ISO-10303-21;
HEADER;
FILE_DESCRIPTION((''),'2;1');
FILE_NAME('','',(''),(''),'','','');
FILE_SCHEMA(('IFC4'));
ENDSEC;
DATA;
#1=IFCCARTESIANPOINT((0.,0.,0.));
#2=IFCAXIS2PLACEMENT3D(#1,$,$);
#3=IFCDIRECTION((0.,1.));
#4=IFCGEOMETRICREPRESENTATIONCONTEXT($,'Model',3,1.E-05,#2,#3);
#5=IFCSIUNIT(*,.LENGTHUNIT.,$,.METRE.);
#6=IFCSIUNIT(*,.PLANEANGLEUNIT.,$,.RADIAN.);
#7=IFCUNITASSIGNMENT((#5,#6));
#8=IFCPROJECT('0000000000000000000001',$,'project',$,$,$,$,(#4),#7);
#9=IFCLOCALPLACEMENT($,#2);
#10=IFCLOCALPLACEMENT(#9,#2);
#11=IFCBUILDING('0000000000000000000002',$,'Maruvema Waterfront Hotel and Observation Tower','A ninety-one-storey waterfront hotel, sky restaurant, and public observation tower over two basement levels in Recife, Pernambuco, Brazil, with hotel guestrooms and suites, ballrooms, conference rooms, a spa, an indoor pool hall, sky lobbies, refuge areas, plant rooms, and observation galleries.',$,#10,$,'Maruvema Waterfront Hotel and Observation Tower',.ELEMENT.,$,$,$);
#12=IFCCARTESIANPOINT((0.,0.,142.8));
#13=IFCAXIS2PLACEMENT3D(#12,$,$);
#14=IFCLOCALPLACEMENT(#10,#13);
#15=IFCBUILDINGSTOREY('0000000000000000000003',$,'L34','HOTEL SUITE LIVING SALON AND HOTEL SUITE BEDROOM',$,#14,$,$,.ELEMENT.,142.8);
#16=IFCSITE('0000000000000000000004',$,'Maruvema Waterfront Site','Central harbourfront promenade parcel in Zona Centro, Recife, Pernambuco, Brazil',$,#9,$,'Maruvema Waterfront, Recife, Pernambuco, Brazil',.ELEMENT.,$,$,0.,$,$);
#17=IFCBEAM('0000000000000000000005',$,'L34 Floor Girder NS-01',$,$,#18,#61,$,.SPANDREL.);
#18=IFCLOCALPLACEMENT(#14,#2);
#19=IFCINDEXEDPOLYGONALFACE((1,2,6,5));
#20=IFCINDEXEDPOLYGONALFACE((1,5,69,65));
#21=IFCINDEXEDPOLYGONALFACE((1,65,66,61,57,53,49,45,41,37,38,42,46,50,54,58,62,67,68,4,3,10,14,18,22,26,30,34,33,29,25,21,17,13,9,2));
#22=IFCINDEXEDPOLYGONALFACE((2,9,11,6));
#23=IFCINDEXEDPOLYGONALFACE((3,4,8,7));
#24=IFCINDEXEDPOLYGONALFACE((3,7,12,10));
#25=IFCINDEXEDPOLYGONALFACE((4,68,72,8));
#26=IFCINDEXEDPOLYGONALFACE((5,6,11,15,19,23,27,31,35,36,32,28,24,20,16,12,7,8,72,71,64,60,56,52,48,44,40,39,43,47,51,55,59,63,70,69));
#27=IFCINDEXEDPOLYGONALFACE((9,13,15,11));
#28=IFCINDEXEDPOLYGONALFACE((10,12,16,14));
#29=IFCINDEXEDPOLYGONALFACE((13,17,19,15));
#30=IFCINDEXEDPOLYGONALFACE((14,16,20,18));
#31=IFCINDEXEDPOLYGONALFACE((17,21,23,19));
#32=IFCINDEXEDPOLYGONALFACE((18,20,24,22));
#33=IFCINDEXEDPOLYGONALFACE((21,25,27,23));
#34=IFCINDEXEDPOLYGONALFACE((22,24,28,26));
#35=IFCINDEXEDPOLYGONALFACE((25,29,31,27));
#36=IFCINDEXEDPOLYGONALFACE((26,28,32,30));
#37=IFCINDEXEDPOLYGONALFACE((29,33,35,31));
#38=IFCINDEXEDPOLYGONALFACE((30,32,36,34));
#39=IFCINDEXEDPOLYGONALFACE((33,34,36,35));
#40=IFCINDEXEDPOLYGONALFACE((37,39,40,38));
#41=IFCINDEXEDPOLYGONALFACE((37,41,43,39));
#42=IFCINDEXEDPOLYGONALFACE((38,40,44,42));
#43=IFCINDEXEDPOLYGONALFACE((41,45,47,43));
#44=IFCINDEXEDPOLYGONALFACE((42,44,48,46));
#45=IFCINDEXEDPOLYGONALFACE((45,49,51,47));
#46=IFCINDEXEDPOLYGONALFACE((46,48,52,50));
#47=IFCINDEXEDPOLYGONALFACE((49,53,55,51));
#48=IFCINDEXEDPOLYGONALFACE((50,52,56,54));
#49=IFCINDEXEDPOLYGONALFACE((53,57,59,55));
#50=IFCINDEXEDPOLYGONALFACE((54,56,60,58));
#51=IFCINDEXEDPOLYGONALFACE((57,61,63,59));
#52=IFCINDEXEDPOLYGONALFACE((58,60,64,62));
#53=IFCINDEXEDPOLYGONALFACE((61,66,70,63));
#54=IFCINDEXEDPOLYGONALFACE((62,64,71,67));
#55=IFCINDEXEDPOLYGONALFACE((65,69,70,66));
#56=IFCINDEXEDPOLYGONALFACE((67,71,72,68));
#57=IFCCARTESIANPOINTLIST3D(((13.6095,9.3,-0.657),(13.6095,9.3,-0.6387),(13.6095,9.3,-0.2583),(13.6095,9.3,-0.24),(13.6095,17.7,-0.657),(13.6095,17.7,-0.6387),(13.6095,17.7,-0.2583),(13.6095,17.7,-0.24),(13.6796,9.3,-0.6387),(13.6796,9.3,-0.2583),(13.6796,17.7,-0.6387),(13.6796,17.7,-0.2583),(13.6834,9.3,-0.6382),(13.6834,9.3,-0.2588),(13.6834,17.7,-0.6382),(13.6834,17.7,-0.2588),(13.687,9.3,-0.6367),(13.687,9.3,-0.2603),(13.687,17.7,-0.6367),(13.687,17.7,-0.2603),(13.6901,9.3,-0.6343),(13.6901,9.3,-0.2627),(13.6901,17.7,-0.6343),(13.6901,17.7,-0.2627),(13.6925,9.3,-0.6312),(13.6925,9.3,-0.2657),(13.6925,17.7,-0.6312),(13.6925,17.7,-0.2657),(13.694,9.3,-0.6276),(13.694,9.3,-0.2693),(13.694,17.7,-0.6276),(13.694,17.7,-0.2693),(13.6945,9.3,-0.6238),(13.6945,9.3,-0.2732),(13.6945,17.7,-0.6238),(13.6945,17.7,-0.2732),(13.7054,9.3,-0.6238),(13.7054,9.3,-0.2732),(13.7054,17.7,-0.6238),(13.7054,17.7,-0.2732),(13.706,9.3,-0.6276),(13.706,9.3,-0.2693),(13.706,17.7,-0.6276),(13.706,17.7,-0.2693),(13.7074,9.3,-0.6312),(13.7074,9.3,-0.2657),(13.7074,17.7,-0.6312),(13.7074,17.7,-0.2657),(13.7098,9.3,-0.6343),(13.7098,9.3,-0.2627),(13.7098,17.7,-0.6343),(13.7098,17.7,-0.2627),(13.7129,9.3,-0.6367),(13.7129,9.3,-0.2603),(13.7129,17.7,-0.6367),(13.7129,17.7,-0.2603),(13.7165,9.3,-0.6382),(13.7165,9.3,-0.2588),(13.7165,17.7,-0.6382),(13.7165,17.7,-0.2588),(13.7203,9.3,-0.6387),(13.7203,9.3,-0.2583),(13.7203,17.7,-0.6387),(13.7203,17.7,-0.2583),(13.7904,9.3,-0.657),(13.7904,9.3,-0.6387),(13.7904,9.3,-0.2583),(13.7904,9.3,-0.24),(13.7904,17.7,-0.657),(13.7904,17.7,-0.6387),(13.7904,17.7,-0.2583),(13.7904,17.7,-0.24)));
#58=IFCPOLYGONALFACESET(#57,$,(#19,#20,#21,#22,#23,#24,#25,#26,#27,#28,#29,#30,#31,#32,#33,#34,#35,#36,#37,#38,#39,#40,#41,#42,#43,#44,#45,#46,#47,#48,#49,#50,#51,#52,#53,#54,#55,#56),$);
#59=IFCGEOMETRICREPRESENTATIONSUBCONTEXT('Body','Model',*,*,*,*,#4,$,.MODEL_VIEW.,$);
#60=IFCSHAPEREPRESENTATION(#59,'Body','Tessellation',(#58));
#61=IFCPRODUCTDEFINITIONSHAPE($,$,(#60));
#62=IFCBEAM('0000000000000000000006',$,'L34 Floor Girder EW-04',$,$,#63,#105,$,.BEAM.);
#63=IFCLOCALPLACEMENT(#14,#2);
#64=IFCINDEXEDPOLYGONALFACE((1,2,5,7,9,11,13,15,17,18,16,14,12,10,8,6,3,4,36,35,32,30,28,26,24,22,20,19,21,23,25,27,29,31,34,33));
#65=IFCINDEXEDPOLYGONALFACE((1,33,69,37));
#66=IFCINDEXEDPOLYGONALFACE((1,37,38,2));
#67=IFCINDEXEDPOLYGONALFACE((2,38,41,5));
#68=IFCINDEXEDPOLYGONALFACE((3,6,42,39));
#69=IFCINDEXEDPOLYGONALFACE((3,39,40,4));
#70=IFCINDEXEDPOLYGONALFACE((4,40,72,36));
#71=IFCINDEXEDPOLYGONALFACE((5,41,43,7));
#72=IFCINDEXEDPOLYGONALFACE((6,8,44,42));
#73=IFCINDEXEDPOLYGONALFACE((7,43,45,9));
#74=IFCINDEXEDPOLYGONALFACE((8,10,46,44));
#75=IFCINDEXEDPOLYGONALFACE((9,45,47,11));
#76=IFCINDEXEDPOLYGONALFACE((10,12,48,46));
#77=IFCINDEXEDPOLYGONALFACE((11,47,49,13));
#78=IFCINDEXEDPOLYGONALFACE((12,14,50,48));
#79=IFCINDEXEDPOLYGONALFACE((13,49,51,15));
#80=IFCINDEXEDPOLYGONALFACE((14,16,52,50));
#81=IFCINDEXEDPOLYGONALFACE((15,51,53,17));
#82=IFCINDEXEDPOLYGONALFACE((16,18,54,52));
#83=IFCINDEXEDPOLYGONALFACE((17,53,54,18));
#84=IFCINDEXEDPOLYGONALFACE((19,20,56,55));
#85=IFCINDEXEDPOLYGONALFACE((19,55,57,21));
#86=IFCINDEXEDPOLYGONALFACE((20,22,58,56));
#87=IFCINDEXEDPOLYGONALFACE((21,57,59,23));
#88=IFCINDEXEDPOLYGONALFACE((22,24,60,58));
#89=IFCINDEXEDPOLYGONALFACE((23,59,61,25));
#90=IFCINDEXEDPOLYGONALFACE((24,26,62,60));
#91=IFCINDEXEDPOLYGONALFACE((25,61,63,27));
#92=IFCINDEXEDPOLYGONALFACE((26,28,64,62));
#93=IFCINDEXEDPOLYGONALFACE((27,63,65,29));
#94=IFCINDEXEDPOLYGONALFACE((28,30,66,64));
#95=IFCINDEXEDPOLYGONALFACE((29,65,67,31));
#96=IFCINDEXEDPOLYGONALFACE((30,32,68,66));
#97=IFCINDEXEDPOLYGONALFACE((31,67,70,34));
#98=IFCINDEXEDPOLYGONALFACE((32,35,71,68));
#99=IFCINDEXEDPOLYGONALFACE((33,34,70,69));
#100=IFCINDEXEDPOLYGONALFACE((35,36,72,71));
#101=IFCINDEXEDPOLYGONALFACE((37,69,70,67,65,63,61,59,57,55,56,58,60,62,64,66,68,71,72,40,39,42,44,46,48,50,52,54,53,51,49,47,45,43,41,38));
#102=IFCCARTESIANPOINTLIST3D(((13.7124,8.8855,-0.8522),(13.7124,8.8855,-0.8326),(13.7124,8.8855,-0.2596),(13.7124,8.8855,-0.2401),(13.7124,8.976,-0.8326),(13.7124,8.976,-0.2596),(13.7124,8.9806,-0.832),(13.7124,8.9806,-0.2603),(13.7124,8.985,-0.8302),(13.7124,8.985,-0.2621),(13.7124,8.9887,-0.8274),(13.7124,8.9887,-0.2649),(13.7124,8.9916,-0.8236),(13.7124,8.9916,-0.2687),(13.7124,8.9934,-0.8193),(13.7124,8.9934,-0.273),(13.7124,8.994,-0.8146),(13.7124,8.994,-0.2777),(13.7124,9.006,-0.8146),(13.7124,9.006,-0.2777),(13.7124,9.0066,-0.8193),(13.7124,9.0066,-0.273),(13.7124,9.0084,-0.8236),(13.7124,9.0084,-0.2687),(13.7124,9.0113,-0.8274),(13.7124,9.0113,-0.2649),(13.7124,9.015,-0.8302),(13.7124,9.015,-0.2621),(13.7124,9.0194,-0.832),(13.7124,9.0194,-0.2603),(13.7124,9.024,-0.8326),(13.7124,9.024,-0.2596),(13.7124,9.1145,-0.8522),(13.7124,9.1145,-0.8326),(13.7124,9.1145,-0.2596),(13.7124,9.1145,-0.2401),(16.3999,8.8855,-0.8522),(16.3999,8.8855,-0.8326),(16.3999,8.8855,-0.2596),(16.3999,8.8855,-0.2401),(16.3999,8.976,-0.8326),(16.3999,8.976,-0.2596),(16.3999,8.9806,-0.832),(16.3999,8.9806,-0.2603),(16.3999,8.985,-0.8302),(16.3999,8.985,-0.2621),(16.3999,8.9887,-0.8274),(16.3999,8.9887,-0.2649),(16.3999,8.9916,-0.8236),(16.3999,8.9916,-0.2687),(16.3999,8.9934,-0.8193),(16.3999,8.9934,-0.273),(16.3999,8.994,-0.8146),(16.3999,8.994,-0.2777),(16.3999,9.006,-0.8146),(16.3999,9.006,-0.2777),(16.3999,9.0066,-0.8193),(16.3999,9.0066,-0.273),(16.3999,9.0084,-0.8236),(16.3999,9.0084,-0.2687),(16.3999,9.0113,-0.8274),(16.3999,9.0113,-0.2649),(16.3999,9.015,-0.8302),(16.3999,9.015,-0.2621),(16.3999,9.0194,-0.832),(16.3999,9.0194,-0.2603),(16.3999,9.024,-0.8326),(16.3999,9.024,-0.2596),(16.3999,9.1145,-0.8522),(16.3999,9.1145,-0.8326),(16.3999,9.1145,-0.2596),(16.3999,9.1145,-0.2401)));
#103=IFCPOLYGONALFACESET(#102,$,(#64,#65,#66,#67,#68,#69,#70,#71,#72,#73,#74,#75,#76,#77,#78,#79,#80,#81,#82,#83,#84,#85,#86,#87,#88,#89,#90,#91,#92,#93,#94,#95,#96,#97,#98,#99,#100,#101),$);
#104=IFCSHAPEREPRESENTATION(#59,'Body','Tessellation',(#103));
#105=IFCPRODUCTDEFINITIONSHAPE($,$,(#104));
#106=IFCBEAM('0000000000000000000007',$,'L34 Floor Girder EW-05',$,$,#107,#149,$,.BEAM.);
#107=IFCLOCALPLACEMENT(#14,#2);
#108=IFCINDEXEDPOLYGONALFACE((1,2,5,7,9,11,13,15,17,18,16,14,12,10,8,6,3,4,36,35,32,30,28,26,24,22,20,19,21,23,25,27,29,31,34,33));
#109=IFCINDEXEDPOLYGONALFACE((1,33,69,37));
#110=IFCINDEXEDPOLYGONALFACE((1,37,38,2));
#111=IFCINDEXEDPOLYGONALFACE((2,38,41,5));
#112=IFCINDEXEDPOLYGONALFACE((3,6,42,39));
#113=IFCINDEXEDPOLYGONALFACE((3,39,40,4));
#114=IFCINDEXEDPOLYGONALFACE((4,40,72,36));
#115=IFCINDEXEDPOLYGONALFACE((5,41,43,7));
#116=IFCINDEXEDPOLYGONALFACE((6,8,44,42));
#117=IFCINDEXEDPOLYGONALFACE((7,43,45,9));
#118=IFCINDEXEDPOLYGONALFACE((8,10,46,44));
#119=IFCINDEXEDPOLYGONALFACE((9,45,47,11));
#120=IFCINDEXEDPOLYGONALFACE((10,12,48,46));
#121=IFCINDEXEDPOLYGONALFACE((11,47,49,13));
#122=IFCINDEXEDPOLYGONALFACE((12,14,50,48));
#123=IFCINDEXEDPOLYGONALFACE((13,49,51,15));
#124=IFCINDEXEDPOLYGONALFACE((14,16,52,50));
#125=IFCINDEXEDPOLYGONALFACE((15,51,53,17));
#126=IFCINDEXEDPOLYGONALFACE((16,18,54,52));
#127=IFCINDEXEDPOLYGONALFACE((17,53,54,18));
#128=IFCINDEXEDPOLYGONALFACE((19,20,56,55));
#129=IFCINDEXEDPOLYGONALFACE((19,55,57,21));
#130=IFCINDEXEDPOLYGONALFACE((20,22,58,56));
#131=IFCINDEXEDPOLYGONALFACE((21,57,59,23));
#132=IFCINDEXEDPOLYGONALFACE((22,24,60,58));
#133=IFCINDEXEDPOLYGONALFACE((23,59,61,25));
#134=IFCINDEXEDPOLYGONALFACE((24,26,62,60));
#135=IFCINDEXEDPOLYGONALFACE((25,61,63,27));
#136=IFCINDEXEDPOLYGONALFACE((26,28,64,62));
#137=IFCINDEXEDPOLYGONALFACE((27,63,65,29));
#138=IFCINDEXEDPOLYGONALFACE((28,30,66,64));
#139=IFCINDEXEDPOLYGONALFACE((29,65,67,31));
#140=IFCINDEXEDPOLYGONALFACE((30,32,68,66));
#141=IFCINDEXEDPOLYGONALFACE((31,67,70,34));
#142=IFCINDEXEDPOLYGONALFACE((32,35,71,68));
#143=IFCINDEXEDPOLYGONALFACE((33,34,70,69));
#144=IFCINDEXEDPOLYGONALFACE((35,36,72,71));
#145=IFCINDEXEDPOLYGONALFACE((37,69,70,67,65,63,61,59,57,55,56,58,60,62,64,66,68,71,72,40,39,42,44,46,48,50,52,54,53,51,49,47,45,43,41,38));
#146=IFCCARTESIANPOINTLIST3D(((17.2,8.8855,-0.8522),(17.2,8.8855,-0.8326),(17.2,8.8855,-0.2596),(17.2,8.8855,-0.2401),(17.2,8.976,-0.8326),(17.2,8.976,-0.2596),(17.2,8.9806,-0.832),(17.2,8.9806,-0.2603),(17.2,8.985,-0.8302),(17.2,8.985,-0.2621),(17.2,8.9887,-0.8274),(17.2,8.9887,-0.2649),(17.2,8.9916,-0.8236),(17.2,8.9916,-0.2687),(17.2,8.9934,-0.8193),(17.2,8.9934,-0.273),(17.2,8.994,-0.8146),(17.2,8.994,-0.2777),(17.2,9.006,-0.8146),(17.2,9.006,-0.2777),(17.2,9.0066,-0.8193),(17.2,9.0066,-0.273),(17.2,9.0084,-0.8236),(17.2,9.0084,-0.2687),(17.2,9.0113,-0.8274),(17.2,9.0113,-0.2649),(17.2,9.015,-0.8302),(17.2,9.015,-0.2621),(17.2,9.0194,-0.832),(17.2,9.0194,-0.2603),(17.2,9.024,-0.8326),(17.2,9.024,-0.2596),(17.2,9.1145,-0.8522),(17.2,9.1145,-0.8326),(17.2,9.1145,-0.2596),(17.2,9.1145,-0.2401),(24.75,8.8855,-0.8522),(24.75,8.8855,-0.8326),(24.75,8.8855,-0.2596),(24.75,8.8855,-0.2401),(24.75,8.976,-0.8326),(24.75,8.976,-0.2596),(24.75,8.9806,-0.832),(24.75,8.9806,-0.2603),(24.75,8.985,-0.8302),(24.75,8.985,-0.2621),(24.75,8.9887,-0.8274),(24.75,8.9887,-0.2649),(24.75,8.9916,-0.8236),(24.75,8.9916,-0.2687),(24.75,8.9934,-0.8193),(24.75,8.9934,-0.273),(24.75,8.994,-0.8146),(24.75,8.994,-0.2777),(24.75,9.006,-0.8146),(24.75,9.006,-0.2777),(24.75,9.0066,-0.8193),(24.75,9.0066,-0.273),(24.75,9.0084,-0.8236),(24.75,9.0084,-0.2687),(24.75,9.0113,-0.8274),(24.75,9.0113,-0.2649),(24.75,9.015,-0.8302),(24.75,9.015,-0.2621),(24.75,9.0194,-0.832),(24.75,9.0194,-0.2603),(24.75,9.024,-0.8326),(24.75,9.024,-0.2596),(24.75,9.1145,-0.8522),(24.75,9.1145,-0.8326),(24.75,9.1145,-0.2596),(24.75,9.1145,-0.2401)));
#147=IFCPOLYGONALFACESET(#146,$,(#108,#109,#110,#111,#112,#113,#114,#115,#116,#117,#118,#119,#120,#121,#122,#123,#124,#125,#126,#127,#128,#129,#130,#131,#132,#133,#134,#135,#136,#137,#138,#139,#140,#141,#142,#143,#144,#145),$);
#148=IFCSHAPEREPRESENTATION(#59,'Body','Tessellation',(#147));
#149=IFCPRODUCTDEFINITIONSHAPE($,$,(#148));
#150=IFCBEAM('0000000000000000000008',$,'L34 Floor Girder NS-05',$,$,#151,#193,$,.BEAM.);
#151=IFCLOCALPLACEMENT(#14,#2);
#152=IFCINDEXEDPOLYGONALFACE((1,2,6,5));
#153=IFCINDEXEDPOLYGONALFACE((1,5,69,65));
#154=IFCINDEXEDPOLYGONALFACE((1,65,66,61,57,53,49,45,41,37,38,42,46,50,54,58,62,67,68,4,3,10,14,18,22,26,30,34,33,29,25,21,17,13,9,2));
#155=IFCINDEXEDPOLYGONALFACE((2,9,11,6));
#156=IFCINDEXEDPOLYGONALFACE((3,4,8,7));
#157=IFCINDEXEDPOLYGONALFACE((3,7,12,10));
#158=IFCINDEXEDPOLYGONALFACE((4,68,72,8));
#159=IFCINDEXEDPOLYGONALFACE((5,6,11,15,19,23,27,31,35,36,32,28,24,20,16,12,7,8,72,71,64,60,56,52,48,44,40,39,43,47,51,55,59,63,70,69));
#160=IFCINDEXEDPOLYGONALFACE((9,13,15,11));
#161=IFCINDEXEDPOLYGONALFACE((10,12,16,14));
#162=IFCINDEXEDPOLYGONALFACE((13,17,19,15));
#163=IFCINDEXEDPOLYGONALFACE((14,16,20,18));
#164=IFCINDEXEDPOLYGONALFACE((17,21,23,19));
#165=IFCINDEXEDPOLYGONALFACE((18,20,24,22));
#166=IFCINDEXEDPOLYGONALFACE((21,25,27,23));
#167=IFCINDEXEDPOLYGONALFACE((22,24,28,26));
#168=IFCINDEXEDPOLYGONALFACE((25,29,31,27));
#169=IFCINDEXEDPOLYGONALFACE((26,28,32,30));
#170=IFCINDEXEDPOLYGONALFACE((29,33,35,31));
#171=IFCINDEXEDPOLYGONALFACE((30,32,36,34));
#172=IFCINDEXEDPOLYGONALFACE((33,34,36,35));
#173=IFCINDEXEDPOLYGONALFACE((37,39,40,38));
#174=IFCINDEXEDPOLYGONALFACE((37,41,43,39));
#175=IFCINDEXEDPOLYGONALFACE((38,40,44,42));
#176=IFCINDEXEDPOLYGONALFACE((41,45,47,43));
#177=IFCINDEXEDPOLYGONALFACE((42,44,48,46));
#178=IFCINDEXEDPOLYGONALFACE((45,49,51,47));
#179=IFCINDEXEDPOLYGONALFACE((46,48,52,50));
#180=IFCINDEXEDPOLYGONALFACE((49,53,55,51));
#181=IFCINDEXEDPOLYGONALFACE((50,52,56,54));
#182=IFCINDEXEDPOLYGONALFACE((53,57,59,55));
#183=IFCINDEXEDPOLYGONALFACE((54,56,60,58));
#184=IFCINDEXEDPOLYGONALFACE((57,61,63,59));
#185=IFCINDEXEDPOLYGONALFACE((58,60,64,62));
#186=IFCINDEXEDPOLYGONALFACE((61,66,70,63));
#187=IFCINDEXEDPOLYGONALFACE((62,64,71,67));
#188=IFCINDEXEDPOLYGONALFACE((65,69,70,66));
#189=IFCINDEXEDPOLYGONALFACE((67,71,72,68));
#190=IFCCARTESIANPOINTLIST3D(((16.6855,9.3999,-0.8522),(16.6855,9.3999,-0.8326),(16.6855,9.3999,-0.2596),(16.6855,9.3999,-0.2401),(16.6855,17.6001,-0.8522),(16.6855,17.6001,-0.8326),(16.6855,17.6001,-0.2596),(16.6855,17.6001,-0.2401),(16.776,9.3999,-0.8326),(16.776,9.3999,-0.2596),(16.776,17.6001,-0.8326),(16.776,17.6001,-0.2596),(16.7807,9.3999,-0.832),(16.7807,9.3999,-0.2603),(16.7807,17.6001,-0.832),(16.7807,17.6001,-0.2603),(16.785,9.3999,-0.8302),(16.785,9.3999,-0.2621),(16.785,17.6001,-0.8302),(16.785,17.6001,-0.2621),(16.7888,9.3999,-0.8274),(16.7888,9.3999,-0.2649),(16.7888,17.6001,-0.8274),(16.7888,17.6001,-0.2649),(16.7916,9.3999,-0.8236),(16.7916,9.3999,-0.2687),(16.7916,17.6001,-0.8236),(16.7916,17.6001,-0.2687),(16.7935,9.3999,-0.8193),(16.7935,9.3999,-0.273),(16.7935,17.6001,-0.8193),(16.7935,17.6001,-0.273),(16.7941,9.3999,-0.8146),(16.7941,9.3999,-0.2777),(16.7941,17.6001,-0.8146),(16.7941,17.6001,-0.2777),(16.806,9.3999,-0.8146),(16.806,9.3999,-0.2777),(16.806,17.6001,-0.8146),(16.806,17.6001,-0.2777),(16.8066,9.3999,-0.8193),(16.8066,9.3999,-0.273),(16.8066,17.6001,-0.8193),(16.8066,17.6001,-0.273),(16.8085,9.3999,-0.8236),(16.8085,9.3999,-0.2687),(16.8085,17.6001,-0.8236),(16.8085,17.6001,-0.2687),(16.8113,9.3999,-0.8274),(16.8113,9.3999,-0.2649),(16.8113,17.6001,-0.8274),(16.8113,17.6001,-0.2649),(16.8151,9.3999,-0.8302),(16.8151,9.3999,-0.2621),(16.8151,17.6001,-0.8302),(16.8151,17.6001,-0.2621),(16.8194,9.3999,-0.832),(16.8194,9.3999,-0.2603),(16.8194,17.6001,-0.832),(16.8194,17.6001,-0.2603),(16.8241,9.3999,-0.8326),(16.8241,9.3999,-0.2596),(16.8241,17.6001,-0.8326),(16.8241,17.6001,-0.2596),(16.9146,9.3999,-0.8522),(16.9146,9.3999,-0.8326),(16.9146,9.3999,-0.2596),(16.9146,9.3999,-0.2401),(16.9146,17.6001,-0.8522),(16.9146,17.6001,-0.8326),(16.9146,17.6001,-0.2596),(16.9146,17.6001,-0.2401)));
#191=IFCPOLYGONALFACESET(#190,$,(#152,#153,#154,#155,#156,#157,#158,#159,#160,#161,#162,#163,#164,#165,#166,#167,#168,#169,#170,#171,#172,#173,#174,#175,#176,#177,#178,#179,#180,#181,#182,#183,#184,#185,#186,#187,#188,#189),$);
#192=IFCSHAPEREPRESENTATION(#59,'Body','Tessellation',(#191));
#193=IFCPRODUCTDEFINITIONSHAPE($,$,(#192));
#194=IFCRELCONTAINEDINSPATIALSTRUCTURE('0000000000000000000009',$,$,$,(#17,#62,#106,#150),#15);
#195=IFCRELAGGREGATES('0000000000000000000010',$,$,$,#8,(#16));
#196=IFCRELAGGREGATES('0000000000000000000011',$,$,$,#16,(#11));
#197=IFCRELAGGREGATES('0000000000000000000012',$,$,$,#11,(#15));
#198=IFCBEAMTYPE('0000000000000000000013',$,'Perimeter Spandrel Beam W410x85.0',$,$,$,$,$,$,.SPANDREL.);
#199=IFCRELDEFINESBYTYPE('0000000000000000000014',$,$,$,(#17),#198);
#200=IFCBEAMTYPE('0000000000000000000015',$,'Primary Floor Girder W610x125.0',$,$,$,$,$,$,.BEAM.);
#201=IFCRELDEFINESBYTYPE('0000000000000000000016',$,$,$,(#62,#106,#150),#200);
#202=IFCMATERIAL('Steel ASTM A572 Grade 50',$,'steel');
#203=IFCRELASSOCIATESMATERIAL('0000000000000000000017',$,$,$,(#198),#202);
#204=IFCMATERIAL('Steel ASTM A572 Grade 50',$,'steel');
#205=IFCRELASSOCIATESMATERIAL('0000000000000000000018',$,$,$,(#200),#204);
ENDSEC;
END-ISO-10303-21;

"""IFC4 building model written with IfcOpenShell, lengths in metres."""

from ifc_helpers import new_model, si_unit, direction, frame, origin, origin_2d, place, context, subcontext, project, spatial, i_section, extrude, material, material_profile, profile_set, type_object, element, save


model = new_model("IFC4")

# Units and contexts
model_context = context("Model", 3, precision=1e-05, world=origin(), true_north=direction((0.0, 1.0)))
body_context = subcontext(model_context, "Body", "Model", "MODEL_VIEW")
ifc_project = project(units=[si_unit("LENGTHUNIT", "METRE"), si_unit("PLANEANGLEUNIT", "RADIAN")], contexts=[model_context])

# Site, building, storey
site_placement = place(None, origin())
site = spatial("IfcSite", under=ifc_project, at=site_placement, Name="Maruvema Waterfront Site", Description="Central harbourfront promenade parcel in Zona Centro, Recife, Pernambuco, Brazil", LongName="Maruvema Waterfront, Recife, Pernambuco, Brazil", CompositionType="ELEMENT", RefElevation=0.0)
building_placement = place(site_placement, origin())
building = spatial("IfcBuilding", under=site, at=building_placement, Name="Maruvema Waterfront Hotel and Observation Tower", Description="A ninety-one-storey waterfront hotel, sky restaurant, and public observation tower over two basement levels in Recife, Pernambuco, Brazil, with hotel guestrooms and suites, ballrooms, conference rooms, a spa, an indoor pool hall, sky lobbies, refuge areas, plant rooms, and observation galleries.", LongName="Maruvema Waterfront Hotel and Observation Tower", CompositionType="ELEMENT")
storey_placement = place(building_placement, frame((0.0, 0.0, 142.8)))
storey = spatial("IfcBuildingStorey", under=building, at=storey_placement, Name="L34", Description="HOTEL SUITE LIVING SALON AND HOTEL SUITE BEDROOM", CompositionType="ELEMENT", Elevation=142.8)

# Beams
ifc_material_1 = material(Name="Steel ASTM A572 Grade 50", Category="steel")
ifc_material_profile_1 = material_profile(ifc_material_1, i_section(OverallWidth=0.1809, OverallDepth=0.417, WebThickness=0.011, FlangeThickness=0.0183, FilletRadius=0.0149, at=origin_2d()), Name="W410x85.0")
ifc_profile_set_1 = profile_set([ifc_material_profile_1], Name="Steel ASTM A572 Grade 50")
beam_type_1 = type_object("IfcBeamType", Name="Perimeter Spandrel Beam W410x85.0", PredefinedType="SPANDREL", material=ifc_profile_set_1)
beam_1_placement = place(storey_placement, frame((13.7, 9.3, -0.4485), z_axis=(0.0, 1.0, 0.0), x_axis=(-1.0, 0.0, 0.0)))
element("IfcBeam", 1, at=beam_1_placement, inside=storey, type_object=beam_type_1, Name="L34 Floor Girder NS-01", PredefinedType="SPANDREL", context=body_context, shape_type="SweptSolid", body=[
    extrude(i_section(OverallWidth=0.1809, OverallDepth=0.417, WebThickness=0.011, FlangeThickness=0.0183, FilletRadius=0.0149, at=origin_2d()), origin(), (0.0, 0.0, 1.0), 8.3999),
])
ifc_material_2 = material(Name="Steel ASTM A572 Grade 50", Category="steel")
ifc_material_profile_2 = material_profile(ifc_material_2, i_section(OverallWidth=0.229, OverallDepth=0.6121, WebThickness=0.012, FlangeThickness=0.0195, FilletRadius=0.0181, at=origin_2d()), Name="W610x125.0")
ifc_profile_set_2 = profile_set([ifc_material_profile_2], Name="Steel ASTM A572 Grade 50")
beam_type_2 = type_object("IfcBeamType", Name="Primary Floor Girder W610x125.0", PredefinedType="BEAM", material=ifc_profile_set_2)
beam_2_placement = place(storey_placement, frame((13.7124, 9.0, -0.5461), z_axis=(1.0, 0.0, 0.0), x_axis=(0.0, 1.0, 0.0)))
element("IfcBeam", 2, at=beam_2_placement, inside=storey, type_object=beam_type_2, Name="L34 Floor Girder EW-04", PredefinedType="BEAM", context=body_context, shape_type="SweptSolid", body=[
    extrude(i_section(OverallWidth=0.229, OverallDepth=0.6121, WebThickness=0.012, FlangeThickness=0.0195, FilletRadius=0.0181, at=origin_2d()), origin(), (0.0, 0.0, 1.0), 2.6875),
])
beam_3_placement = place(storey_placement, frame((17.2, 9.0, -0.5461), z_axis=(1.0, 0.0, 0.0), x_axis=(0.0, 1.0, 0.0)))
element("IfcBeam", 3, at=beam_3_placement, inside=storey, type_object=beam_type_2, Name="L34 Floor Girder EW-05", PredefinedType="BEAM", context=body_context, shape_type="SweptSolid", body=[
    extrude(i_section(OverallWidth=0.229, OverallDepth=0.6121, WebThickness=0.012, FlangeThickness=0.0195, FilletRadius=0.0181, at=origin_2d()), origin(), (0.0, 0.0, 1.0), 7.55),
])
beam_4_placement = place(storey_placement, frame((16.8, 9.3999, -0.5461), z_axis=(0.0, 1.0, 0.0), x_axis=(-1.0, 0.0, 0.0)))
element("IfcBeam", 4, at=beam_4_placement, inside=storey, type_object=beam_type_2, Name="L34 Floor Girder NS-05", PredefinedType="BEAM", context=body_context, shape_type="SweptSolid", body=[
    extrude(i_section(OverallWidth=0.229, OverallDepth=0.6121, WebThickness=0.012, FlangeThickness=0.0195, FilletRadius=0.0181, at=origin_2d()), origin(), (0.0, 0.0, 1.0), 8.2002),
])

save(model, "model.ifc")
